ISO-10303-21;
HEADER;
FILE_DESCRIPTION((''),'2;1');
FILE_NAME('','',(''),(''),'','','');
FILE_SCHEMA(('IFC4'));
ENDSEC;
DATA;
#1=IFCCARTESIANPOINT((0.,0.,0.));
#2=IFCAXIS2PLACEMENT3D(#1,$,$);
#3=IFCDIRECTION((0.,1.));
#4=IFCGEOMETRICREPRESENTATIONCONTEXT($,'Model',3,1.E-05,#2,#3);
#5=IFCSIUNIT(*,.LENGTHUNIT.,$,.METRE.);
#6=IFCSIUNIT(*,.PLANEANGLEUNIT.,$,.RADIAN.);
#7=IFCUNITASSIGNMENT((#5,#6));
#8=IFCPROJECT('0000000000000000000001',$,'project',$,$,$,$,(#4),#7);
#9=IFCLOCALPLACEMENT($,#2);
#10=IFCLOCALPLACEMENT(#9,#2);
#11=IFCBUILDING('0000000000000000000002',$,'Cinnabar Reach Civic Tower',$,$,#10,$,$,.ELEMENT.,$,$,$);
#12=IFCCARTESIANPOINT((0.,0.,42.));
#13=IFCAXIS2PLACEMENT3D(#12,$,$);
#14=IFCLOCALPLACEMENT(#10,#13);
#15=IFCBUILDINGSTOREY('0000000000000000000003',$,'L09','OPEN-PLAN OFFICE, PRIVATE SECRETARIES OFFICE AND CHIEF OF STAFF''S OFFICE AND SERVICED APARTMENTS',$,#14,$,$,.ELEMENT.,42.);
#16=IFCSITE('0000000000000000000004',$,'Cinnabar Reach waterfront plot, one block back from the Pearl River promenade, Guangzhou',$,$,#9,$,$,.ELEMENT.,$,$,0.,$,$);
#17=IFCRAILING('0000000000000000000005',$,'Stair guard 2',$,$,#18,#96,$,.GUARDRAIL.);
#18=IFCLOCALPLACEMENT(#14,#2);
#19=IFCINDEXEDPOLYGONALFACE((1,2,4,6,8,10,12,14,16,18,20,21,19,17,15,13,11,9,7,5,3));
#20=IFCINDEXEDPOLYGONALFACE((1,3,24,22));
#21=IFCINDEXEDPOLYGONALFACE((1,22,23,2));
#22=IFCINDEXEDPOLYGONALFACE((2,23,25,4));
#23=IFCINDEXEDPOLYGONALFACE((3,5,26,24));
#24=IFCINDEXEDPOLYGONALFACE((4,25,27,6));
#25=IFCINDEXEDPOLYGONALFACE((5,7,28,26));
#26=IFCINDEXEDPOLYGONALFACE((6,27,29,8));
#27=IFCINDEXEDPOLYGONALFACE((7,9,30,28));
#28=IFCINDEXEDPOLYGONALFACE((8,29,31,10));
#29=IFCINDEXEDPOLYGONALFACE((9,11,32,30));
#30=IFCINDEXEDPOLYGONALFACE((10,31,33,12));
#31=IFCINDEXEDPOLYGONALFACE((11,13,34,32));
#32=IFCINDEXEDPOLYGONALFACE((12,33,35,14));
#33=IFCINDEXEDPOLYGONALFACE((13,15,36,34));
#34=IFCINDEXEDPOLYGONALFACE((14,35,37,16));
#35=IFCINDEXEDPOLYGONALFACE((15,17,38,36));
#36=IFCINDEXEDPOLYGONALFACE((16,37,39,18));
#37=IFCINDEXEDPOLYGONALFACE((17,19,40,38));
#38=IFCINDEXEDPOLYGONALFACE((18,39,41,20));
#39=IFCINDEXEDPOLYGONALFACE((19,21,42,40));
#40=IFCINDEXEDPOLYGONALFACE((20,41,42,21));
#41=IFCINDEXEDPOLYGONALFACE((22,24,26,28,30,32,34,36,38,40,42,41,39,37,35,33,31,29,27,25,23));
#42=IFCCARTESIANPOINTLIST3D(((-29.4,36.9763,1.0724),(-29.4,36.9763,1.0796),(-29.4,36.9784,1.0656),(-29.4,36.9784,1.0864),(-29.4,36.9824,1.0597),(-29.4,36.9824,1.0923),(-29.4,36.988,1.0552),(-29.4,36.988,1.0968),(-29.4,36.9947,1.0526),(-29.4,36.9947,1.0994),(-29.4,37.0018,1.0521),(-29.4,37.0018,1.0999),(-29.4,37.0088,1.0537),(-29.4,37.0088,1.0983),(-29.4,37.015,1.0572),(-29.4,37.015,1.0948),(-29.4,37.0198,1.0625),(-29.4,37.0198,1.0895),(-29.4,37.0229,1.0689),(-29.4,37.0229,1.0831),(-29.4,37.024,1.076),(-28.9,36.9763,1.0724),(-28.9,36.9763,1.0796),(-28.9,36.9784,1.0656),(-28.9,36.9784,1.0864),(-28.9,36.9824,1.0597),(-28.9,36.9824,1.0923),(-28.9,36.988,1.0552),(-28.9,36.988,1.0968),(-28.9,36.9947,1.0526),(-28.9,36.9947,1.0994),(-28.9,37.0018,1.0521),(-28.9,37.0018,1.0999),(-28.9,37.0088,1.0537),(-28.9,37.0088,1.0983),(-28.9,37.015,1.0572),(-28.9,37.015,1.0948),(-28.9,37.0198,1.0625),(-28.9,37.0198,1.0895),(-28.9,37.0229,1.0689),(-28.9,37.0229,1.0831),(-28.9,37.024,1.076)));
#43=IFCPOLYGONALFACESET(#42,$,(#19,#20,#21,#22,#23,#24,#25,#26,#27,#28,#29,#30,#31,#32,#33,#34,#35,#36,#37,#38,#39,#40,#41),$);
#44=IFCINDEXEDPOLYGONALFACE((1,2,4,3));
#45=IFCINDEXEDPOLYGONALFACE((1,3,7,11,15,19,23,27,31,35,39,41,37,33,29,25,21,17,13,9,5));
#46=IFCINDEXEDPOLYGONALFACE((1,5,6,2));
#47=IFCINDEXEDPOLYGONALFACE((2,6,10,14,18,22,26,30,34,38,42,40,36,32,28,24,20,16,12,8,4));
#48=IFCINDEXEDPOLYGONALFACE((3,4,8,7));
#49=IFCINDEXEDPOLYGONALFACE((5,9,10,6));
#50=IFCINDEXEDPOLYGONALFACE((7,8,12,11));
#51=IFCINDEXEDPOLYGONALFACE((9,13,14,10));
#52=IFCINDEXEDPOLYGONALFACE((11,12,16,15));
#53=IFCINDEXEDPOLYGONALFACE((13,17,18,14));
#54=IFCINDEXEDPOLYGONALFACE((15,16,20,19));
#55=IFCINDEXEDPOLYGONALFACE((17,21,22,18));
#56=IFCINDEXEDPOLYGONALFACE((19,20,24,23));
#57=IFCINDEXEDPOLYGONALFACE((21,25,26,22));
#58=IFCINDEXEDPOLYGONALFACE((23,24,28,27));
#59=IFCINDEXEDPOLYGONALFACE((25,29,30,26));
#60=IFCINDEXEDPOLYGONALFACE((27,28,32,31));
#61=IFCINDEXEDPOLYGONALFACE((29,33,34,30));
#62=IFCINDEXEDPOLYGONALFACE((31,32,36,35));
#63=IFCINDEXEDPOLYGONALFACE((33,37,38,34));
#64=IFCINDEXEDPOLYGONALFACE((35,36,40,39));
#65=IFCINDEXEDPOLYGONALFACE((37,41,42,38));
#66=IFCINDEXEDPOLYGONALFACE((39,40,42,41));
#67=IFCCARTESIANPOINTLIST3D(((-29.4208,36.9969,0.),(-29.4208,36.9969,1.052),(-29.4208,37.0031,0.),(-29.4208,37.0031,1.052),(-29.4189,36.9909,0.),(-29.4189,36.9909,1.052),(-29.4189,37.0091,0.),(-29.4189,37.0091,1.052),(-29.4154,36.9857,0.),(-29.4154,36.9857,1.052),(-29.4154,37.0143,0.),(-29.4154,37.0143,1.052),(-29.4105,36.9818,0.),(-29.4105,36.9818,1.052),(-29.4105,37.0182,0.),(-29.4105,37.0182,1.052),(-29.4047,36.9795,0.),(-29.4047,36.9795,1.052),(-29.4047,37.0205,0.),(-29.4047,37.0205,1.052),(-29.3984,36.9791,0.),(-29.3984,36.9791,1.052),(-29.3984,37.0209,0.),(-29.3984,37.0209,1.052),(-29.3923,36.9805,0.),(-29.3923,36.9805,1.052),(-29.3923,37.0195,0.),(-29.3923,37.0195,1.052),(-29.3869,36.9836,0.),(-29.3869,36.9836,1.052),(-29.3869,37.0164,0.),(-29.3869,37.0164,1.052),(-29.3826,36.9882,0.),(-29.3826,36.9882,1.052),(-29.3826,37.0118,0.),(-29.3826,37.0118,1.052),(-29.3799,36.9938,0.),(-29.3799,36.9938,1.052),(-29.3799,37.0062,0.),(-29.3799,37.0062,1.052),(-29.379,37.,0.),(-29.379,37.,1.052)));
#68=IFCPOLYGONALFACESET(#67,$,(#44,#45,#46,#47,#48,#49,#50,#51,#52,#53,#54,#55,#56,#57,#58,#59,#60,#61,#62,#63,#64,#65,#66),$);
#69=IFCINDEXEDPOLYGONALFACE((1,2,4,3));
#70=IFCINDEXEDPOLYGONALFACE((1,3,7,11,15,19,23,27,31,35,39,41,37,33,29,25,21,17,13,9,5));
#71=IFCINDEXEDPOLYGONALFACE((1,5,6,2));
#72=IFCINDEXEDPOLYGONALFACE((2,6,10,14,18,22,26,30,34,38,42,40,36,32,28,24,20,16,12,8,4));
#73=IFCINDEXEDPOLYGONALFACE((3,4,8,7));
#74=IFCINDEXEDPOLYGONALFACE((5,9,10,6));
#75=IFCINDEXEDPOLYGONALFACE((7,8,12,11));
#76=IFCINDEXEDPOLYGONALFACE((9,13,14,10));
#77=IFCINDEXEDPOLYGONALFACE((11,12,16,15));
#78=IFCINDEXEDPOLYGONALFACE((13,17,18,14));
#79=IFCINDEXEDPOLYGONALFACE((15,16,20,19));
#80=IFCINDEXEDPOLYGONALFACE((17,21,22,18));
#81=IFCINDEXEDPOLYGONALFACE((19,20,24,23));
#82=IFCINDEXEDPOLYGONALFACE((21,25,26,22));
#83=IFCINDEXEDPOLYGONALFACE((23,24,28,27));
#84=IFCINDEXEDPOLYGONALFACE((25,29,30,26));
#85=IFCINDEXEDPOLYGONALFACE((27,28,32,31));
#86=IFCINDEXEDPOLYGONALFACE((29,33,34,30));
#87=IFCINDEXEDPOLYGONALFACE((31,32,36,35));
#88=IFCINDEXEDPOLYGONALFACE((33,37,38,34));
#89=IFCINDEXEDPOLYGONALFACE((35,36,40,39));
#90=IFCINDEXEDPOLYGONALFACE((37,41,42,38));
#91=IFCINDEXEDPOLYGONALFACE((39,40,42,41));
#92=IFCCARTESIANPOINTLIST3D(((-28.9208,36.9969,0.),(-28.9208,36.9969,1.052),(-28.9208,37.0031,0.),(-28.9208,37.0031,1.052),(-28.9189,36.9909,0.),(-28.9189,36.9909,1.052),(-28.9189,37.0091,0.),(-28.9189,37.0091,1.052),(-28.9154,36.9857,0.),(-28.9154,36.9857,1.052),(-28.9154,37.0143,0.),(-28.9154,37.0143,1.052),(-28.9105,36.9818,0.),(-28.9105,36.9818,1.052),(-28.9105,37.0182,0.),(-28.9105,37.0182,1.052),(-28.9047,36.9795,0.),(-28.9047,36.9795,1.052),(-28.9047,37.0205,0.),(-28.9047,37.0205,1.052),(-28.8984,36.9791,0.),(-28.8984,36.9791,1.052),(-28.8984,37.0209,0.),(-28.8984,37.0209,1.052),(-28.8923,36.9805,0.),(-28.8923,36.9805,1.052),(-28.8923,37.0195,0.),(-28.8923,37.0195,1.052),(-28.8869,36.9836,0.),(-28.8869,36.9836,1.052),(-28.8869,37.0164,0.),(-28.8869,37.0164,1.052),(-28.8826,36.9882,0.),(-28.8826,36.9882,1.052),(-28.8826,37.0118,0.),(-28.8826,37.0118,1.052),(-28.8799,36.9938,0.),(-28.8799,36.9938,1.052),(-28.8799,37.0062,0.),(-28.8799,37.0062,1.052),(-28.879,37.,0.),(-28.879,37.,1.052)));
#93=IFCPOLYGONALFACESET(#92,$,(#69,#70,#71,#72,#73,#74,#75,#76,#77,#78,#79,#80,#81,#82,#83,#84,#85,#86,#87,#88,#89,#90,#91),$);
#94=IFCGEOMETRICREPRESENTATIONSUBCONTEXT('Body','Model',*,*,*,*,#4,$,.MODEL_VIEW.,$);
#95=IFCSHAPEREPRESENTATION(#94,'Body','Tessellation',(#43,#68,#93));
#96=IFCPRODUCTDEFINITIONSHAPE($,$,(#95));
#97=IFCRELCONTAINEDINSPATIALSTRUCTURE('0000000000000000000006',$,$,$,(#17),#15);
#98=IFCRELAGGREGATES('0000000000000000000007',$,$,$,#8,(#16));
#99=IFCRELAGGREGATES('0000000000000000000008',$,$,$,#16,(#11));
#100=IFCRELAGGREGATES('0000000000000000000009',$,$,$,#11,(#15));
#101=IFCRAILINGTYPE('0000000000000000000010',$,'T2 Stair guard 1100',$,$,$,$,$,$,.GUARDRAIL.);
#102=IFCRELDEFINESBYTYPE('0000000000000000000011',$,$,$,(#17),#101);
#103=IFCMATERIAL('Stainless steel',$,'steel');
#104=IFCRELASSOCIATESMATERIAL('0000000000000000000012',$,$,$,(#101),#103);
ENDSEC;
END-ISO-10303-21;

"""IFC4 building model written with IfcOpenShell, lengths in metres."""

from ifc_helpers import new_model, si_unit, direction, frame, origin, origin_2d, place, context, subcontext, project, spatial, circle, extrude, material, type_object, element, save


model = new_model("IFC4")

# Units and contexts
model_context = context("Model", 3, precision=1e-05, world=origin(), true_north=direction((0.0, 1.0)))
body_context = subcontext(model_context, "Body", "Model", "MODEL_VIEW")
ifc_project = project(units=[si_unit("LENGTHUNIT", "METRE"), si_unit("PLANEANGLEUNIT", "RADIAN")], contexts=[model_context])

# Site, building, storey
site_placement = place(None, origin())
site = spatial("IfcSite", under=ifc_project, at=site_placement, Name="Cinnabar Reach waterfront plot, one block back from the Pearl River promenade, Guangzhou", CompositionType="ELEMENT", RefElevation=0.0)
building_placement = place(site_placement, origin())
building = spatial("IfcBuilding", under=site, at=building_placement, Name="Cinnabar Reach Civic Tower", CompositionType="ELEMENT")
storey_placement = place(building_placement, frame((0.0, 0.0, 42.0)))
storey = spatial("IfcBuildingStorey", under=building, at=storey_placement, Name="L09", Description="OPEN-PLAN OFFICE, PRIVATE SECRETARIES OFFICE AND CHIEF OF STAFF'S OFFICE AND SERVICED APARTMENTS", CompositionType="ELEMENT", Elevation=42.0)

# Railing
ifc_material_1 = material(Name="Stainless steel", Category="steel")
railing_type = type_object("IfcRailingType", Name="T2 Stair guard 1100", PredefinedType="GUARDRAIL", material=ifc_material_1)
railing_1_placement = place(storey_placement, frame((-29.4, 37.0, 0.0)))
element("IfcRailing", 1, at=railing_1_placement, inside=storey, type_object=railing_type, Name="Stair guard 2", PredefinedType="GUARDRAIL", context=body_context, shape_type="SweptSolid", body=[
    extrude(circle(Radius=0.024, at=origin_2d()), frame((0.0, 0.0, 1.076), z_axis=(1.0, 0.0, 0.0), x_axis=(0.0, 1.0, 0.0)), (0.0, 0.0, 1.0), 0.5),
    extrude(circle(Radius=0.021, at=origin_2d()), origin(), (0.0, 0.0, 1.0), 1.052),
    extrude(circle(Radius=0.021, at=origin_2d()), frame((0.5, 0.0, 0.0)), (0.0, 0.0, 1.0), 1.052),
])

save(model, "model.ifc")
